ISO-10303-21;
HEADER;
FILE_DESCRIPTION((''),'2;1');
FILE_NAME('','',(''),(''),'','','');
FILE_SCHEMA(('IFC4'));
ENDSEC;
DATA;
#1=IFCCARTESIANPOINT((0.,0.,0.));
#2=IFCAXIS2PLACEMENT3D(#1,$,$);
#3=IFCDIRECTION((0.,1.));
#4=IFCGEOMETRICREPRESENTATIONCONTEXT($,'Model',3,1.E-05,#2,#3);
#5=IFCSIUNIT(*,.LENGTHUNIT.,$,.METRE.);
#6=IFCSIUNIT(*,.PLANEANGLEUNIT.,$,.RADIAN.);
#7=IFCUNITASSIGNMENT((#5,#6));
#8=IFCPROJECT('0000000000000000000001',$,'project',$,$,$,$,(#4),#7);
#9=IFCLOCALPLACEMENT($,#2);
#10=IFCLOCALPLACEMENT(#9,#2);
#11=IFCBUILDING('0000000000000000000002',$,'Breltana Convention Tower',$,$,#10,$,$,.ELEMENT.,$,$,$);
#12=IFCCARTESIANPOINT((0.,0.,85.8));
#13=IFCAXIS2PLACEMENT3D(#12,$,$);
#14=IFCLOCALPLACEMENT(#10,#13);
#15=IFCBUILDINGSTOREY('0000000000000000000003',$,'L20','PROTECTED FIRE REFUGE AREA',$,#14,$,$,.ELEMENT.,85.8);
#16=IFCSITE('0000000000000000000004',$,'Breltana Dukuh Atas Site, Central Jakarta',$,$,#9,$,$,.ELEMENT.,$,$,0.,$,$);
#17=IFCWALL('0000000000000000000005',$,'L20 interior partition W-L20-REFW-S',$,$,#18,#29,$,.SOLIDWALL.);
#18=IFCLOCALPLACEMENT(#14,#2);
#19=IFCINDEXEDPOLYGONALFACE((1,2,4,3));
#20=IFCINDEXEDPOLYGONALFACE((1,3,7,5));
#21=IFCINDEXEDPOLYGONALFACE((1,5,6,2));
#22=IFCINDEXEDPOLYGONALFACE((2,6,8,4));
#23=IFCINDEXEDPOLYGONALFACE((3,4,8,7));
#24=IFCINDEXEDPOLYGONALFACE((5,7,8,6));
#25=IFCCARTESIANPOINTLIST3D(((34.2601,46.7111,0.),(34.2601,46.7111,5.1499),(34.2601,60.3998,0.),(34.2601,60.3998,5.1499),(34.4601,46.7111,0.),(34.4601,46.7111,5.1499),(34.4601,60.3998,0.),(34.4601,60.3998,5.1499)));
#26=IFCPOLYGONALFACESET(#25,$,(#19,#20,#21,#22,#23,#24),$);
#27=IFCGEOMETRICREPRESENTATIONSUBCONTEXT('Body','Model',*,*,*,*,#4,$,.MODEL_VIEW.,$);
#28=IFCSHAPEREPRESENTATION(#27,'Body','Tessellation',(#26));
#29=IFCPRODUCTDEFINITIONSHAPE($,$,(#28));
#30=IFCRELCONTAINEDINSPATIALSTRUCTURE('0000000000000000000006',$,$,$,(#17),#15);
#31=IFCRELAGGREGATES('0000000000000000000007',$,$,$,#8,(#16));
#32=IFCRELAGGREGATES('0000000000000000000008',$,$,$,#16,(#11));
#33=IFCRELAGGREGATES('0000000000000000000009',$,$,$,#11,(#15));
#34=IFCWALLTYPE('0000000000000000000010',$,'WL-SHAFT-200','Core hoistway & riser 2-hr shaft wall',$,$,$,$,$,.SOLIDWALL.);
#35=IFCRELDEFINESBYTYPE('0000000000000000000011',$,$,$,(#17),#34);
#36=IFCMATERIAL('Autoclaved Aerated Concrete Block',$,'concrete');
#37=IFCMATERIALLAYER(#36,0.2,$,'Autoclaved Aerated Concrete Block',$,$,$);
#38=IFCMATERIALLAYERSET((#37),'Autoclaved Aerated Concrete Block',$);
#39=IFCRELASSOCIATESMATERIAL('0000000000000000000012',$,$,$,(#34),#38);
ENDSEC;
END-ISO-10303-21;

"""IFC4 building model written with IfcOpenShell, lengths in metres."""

from ifc_helpers import new_model, si_unit, direction, frame, frame_2d, origin, place, context, subcontext, project, spatial, rectangle, extrude, source, transform, mapped, material, layer, layer_set, type_object, element, save


model = new_model("IFC4")

# Units and contexts
model_context = context("Model", 3, precision=1e-05, world=origin(), true_north=direction((0.0, 1.0)))
body_context = subcontext(model_context, "Body", "Model", "MODEL_VIEW")
ifc_project = project(units=[si_unit("LENGTHUNIT", "METRE"), si_unit("PLANEANGLEUNIT", "RADIAN")], contexts=[model_context])

# Site, building, storey
site_placement = place(None, origin())
site = spatial("IfcSite", under=ifc_project, at=site_placement, Name="Breltana Dukuh Atas Site, Central Jakarta", CompositionType="ELEMENT", RefElevation=0.0)
building_placement = place(site_placement, origin())
building = spatial("IfcBuilding", under=site, at=building_placement, Name="Breltana Convention Tower", CompositionType="ELEMENT")
storey_placement = place(building_placement, frame((0.0, 0.0, 85.8)))
storey = spatial("IfcBuildingStorey", under=building, at=storey_placement, Name="L20", Description="PROTECTED FIRE REFUGE AREA", CompositionType="ELEMENT", Elevation=85.8)

# Wall
ifc_material_1 = material(Name="Autoclaved Aerated Concrete Block", Category="concrete")
ifc_layer_1 = layer(ifc_material_1, 0.2, Name="Autoclaved Aerated Concrete Block")
ifc_layer_set_1 = layer_set([ifc_layer_1], Name="Autoclaved Aerated Concrete Block")
wall_type_1 = type_object("IfcWallType", Name="WL-SHAFT-200", Description="Core hoistway & riser 2-hr shaft wall", PredefinedType="SOLIDWALL", material=ifc_layer_set_1)
shared_shape_1 = source(origin(), body_context, "Body", "SweptSolid", [
    extrude(rectangle(XDim=13.6887, YDim=0.2, at=frame_2d((6.8442, 0.0))), origin(), (0.0, 0.0, 1.0), 5.1499),
])
wall_1_placement = place(storey_placement, frame((34.3601, 46.7112, 0.0), z_axis=(0.0, 0.0, 1.0), x_axis=(0.0, 1.0, 0.0)))
element("IfcWall", 1, at=wall_1_placement, inside=storey, type_object=wall_type_1, Name="L20 interior partition W-L20-REFW-S", PredefinedType="SOLIDWALL", context=body_context, shape_type="MappedRepresentation", body=[
    mapped(shared_shape_1, transform((0.0, 0.0, 0.0), scale=1.0)),
])

save(model, "model.ifc")
